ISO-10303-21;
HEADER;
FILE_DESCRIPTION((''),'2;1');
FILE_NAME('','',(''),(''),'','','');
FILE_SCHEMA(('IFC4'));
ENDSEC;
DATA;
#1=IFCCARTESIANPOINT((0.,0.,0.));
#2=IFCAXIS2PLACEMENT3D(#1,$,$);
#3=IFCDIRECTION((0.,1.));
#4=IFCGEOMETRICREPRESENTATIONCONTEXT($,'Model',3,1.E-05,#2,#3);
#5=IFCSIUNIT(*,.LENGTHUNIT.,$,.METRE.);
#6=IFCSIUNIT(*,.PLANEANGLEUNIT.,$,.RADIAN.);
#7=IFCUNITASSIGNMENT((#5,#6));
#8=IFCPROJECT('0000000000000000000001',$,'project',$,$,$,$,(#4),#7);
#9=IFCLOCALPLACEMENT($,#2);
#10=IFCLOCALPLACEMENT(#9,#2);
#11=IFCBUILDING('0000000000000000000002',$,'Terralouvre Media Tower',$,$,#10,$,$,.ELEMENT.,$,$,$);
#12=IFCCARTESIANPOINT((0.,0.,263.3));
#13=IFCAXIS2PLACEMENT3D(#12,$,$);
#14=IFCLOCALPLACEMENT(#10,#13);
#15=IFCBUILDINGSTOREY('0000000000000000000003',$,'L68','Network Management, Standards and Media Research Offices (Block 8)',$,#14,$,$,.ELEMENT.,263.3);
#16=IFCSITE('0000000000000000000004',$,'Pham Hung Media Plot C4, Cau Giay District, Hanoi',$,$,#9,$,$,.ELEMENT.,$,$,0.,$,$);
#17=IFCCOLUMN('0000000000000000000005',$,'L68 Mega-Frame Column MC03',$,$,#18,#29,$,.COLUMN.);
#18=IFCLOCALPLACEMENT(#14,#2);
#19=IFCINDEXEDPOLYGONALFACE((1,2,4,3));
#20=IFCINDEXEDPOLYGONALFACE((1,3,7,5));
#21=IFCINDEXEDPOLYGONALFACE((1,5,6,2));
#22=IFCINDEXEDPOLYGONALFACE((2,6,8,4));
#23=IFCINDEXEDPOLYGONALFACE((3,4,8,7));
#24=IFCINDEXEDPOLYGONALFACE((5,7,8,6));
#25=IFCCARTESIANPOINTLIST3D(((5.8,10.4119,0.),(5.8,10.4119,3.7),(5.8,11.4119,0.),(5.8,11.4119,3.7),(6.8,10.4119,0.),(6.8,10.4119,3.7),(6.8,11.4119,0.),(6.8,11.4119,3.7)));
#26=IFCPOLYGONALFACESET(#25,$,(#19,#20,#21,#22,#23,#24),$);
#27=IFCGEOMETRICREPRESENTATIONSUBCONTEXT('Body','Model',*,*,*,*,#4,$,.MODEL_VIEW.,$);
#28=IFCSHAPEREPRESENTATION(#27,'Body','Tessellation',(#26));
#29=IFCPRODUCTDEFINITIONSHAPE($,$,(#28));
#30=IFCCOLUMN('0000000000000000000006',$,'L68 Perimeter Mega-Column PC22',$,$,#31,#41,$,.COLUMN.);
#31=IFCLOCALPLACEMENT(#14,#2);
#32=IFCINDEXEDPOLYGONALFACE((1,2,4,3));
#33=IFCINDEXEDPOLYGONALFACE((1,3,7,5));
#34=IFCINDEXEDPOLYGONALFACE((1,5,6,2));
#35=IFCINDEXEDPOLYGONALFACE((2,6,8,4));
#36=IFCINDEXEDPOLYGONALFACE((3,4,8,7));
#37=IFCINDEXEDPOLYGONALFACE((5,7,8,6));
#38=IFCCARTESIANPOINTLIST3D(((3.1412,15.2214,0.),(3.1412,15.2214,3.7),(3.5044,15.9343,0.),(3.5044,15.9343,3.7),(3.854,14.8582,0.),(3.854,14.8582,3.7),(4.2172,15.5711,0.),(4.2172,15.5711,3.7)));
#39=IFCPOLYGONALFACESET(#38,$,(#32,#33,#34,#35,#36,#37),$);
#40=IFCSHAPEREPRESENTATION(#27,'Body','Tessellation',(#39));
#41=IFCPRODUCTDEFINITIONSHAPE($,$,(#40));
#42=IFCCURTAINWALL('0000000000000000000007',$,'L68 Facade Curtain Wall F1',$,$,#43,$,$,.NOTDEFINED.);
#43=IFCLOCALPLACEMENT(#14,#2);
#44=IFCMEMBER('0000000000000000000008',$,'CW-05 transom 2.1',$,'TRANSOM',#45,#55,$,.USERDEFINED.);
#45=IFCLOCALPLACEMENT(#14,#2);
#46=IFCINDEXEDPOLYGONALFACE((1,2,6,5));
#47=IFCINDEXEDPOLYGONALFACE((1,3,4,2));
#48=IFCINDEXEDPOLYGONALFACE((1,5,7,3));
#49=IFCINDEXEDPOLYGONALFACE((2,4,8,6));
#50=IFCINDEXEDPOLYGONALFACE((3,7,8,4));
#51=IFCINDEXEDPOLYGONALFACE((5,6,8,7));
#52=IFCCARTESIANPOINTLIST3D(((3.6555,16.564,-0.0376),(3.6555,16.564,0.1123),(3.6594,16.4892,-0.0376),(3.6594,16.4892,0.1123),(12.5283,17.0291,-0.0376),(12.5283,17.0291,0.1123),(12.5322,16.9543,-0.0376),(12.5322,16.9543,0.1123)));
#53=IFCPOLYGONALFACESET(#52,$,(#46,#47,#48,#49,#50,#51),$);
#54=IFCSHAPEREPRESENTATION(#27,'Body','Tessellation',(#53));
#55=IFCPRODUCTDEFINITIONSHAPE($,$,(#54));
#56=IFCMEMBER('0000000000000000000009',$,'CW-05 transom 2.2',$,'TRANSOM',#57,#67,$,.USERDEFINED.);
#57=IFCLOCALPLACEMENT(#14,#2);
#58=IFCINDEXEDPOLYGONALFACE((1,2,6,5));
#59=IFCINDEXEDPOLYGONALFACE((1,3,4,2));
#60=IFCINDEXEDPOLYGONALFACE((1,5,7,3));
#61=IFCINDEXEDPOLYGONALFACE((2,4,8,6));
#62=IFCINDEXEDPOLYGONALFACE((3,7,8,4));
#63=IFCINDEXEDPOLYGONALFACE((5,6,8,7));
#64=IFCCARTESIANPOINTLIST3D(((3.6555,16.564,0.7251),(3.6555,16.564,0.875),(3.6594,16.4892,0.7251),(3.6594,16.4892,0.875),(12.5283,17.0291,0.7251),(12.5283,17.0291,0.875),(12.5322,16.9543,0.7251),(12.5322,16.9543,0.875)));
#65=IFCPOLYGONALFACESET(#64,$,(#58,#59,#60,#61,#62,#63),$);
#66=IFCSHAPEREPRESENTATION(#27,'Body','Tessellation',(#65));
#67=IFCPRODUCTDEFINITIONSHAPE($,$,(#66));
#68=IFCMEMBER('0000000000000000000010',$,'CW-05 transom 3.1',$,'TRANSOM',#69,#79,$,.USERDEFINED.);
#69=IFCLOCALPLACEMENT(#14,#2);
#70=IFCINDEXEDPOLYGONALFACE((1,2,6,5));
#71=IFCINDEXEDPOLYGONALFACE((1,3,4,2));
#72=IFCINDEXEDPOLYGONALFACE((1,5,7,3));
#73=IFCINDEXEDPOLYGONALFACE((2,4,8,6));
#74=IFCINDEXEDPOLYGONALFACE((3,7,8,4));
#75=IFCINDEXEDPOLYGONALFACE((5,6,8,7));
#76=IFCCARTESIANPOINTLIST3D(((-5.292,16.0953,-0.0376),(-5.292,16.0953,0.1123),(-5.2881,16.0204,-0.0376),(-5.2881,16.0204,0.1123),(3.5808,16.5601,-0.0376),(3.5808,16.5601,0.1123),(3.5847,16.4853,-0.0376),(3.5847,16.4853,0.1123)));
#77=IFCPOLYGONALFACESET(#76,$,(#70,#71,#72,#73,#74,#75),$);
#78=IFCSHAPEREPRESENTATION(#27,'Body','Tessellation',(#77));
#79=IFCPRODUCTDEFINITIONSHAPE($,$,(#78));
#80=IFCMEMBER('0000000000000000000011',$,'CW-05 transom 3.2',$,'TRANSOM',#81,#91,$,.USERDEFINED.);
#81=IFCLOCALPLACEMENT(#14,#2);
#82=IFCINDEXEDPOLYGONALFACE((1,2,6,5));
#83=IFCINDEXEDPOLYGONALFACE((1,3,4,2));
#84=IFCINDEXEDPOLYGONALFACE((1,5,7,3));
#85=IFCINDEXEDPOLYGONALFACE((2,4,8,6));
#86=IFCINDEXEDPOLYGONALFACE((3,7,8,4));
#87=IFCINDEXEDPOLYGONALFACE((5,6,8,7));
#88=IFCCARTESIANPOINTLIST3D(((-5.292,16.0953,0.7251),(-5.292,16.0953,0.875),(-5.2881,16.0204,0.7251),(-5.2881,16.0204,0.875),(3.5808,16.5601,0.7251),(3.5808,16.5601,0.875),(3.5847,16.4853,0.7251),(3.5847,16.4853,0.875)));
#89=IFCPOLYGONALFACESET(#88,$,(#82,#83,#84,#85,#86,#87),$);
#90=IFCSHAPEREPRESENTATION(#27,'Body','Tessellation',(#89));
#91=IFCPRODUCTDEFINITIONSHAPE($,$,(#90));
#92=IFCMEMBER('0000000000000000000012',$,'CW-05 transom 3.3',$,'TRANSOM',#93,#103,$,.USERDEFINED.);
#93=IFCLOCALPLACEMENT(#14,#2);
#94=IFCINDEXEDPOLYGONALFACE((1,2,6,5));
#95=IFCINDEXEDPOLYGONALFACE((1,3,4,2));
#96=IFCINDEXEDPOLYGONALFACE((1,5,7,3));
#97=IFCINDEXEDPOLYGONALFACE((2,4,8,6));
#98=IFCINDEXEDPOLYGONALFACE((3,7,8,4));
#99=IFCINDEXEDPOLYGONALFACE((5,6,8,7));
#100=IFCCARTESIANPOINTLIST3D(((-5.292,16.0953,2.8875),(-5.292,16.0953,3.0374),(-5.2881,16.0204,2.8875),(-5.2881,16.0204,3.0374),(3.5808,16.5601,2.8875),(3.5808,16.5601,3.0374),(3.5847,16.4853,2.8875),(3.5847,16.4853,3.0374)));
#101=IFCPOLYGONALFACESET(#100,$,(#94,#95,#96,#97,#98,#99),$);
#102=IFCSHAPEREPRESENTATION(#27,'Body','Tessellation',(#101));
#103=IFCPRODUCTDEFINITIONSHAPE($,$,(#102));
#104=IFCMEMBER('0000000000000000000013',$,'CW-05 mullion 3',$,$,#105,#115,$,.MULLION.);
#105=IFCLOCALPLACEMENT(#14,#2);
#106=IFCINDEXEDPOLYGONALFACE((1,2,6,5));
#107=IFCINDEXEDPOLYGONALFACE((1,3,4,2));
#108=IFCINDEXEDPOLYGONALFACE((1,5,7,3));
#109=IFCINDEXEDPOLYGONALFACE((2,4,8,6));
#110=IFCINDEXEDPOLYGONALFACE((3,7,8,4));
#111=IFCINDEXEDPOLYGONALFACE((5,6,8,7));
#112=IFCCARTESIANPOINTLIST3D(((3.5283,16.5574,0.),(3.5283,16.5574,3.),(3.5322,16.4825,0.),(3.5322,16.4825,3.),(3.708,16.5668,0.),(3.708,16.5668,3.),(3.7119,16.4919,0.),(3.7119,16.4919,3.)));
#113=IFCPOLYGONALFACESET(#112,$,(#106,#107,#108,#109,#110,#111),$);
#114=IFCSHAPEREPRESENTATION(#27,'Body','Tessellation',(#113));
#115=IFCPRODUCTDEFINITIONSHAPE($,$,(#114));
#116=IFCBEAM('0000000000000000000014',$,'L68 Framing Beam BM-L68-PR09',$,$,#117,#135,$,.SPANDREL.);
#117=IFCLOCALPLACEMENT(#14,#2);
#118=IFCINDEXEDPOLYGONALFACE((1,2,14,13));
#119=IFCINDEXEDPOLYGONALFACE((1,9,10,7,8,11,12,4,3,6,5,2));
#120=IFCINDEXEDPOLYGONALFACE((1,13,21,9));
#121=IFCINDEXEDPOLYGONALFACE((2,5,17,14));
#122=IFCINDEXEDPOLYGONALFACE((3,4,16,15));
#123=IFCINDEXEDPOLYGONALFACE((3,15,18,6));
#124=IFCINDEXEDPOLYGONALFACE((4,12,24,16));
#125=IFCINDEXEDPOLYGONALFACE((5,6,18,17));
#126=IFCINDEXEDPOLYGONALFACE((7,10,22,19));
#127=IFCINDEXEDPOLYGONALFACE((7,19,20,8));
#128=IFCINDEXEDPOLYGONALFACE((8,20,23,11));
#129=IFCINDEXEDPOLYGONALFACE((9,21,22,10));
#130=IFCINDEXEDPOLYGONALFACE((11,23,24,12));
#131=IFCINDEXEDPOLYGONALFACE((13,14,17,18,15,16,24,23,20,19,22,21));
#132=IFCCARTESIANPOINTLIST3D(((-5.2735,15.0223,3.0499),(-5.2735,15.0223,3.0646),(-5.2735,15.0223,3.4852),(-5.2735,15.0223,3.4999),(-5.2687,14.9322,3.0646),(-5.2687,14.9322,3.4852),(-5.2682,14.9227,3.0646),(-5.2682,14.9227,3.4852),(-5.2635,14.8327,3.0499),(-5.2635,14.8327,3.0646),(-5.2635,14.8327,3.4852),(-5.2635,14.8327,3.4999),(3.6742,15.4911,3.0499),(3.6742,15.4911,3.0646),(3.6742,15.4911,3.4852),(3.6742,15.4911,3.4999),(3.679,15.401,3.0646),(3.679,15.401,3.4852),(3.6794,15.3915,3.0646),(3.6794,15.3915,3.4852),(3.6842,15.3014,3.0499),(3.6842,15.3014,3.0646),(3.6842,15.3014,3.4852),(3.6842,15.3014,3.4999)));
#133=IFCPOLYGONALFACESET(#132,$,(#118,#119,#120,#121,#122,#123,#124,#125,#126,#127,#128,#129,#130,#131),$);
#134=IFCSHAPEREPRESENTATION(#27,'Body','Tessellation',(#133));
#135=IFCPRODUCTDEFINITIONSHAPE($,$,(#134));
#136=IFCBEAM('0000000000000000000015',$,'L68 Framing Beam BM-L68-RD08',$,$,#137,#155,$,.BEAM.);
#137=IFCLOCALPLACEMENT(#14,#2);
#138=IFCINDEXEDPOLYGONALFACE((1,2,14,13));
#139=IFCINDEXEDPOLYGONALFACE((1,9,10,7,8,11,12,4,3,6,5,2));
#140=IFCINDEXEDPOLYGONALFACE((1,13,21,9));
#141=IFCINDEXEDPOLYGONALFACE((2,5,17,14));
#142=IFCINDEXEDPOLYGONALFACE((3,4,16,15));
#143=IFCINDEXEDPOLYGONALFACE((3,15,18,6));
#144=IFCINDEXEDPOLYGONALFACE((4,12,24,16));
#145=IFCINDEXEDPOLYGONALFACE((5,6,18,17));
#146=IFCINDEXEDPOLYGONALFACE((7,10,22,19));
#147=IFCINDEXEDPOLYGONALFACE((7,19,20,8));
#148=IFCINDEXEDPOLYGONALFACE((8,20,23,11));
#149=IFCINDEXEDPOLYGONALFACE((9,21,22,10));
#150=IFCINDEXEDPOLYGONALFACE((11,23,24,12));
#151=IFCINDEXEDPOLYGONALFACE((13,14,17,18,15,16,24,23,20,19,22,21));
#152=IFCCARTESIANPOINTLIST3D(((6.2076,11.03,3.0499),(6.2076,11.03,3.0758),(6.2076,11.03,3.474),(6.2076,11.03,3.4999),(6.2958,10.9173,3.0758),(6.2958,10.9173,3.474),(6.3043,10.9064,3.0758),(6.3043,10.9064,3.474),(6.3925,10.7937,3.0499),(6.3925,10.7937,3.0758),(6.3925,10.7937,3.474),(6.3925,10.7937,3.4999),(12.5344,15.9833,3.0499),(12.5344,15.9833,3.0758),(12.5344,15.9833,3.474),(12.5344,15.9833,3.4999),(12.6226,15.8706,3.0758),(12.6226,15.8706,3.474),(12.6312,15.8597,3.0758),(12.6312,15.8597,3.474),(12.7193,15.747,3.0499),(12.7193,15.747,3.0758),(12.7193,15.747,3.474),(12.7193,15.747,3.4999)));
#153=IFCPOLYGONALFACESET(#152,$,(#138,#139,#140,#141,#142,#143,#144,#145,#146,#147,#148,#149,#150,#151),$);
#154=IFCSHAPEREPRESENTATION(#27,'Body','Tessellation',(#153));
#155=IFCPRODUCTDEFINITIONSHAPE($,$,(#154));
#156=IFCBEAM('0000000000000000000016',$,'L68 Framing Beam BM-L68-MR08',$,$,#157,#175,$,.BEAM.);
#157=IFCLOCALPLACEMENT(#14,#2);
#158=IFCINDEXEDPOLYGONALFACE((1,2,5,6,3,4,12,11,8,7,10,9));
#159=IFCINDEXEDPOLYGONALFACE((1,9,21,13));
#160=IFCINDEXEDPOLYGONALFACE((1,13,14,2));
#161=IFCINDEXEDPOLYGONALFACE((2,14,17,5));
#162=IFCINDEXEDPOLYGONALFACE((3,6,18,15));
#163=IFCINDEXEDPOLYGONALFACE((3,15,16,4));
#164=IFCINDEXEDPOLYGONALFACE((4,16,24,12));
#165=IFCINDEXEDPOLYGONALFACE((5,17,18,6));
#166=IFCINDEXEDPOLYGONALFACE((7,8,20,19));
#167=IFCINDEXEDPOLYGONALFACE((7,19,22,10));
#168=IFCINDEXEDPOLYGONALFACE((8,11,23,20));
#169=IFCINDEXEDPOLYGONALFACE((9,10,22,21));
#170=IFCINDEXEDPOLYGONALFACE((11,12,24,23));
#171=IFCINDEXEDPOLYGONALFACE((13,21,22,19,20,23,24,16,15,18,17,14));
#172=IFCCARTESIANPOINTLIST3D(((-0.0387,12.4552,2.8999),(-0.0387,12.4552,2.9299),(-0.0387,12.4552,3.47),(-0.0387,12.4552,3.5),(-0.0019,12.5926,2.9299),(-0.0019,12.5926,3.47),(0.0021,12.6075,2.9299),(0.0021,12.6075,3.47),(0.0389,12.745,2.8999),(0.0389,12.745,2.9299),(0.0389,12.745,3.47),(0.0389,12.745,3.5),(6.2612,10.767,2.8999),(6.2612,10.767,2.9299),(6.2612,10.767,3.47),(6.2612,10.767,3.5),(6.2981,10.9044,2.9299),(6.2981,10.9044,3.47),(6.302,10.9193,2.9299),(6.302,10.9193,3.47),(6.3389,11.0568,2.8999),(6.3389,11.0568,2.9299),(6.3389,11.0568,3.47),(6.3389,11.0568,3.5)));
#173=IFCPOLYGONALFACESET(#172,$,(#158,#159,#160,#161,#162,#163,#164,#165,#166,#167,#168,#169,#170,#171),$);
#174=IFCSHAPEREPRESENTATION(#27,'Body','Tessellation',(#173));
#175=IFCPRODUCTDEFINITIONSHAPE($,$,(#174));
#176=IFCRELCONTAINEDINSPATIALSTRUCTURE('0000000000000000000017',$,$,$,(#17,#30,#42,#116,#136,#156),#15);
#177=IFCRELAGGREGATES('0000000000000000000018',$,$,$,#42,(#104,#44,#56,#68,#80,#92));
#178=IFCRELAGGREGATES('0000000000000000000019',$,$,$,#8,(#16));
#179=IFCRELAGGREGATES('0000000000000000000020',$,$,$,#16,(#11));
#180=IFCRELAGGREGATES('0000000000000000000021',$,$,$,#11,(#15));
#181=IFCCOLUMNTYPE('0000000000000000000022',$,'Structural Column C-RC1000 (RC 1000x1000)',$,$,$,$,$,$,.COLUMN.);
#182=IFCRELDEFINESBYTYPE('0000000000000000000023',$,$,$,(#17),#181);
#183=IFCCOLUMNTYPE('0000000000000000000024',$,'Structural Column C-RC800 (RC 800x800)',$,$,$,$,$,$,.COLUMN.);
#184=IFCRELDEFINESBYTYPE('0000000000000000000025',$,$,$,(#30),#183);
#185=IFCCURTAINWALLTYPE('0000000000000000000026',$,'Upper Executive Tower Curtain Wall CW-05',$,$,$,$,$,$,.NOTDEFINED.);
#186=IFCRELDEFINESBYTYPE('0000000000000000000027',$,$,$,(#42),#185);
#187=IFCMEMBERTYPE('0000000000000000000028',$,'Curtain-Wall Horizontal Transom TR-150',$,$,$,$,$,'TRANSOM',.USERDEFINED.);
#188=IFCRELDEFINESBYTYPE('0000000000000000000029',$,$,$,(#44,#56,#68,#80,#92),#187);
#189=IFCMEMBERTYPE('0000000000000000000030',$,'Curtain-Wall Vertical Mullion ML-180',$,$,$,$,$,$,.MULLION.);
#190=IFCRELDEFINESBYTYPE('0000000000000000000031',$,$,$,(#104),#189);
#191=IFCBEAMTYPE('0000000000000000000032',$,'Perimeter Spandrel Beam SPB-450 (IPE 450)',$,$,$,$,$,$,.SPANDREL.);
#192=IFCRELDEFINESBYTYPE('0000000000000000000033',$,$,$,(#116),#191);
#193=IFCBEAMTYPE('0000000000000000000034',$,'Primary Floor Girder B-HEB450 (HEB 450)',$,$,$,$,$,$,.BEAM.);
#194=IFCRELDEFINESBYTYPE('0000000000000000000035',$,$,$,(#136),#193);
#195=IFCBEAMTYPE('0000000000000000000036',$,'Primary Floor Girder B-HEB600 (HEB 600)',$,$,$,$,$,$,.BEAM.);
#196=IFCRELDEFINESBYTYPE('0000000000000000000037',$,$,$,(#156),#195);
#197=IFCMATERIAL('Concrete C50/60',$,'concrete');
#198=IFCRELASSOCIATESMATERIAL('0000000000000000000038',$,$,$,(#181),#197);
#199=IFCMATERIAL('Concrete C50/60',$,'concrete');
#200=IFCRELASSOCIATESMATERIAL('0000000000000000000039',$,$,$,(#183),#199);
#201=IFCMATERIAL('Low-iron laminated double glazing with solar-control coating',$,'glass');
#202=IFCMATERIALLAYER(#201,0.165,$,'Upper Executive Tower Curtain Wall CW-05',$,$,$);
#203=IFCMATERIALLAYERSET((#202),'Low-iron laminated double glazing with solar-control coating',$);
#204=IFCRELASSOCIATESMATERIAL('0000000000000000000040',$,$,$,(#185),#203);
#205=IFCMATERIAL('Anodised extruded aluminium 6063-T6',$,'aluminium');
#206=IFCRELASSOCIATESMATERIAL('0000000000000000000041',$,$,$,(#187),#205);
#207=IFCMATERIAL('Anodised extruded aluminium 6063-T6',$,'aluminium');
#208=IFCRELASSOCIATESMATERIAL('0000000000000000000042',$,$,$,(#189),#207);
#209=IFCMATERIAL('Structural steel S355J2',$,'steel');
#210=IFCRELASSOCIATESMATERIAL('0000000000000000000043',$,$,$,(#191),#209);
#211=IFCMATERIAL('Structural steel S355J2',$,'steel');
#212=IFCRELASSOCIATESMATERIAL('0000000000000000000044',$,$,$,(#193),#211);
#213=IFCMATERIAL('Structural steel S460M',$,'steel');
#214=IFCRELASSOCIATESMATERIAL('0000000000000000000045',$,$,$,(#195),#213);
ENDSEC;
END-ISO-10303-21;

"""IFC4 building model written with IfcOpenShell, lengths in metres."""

from ifc_helpers import new_model, si_unit, direction, frame, origin, origin_2d, place, context, subcontext, project, spatial, rectangle, i_section, extrude, material, layer, layer_set, material_profile, profile_set, type_object, element, aggregate, save


model = new_model("IFC4")

# Units and contexts
model_context = context("Model", 3, precision=1e-05, world=origin(), true_north=direction((0.0, 1.0)))
body_context = subcontext(model_context, "Body", "Model", "MODEL_VIEW")
ifc_project = project(units=[si_unit("LENGTHUNIT", "METRE"), si_unit("PLANEANGLEUNIT", "RADIAN")], contexts=[model_context])

# Site, building, storey
site_placement = place(None, origin())
site = spatial("IfcSite", under=ifc_project, at=site_placement, Name="Pham Hung Media Plot C4, Cau Giay District, Hanoi", CompositionType="ELEMENT", RefElevation=0.0)
building_placement = place(site_placement, origin())
building = spatial("IfcBuilding", under=site, at=building_placement, Name="Terralouvre Media Tower", CompositionType="ELEMENT")
storey_placement = place(building_placement, frame((0.0, 0.0, 263.3)))
storey = spatial("IfcBuildingStorey", under=building, at=storey_placement, Name="L68", Description="Network Management, Standards and Media Research Offices (Block 8)", CompositionType="ELEMENT", Elevation=263.3)

# Columns
ifc_material_1 = material(Name="Concrete C50/60", Category="concrete")
ifc_material_profile_1 = material_profile(ifc_material_1, rectangle(XDim=1.0, YDim=1.0, at=origin_2d()), Name="RC 1000x1000")
ifc_profile_set_1 = profile_set([ifc_material_profile_1], Name="Concrete C50/60")
column_type_1 = type_object("IfcColumnType", Name="Structural Column C-RC1000 (RC 1000x1000)", PredefinedType="COLUMN", material=ifc_profile_set_1)
column_1_placement = place(storey_placement, frame((6.3, 10.9119, 0.0), z_axis=(0.0, 0.0, 1.0), x_axis=(1.0, 0.0, 0.0)))
element("IfcColumn", 1, at=column_1_placement, inside=storey, type_object=column_type_1, Name="L68 Mega-Frame Column MC03", PredefinedType="COLUMN", context=body_context, shape_type="SweptSolid", body=[
    extrude(rectangle(XDim=1.0, YDim=1.0, at=origin_2d()), origin(), (0.0, 0.0, 1.0), 3.7),
])
ifc_material_2 = material(Name="Concrete C50/60", Category="concrete")
ifc_material_profile_2 = material_profile(ifc_material_2, rectangle(XDim=0.8, YDim=0.8, at=origin_2d()), Name="RC 800x800")
ifc_profile_set_2 = profile_set([ifc_material_profile_2], Name="Concrete C50/60")
column_type_2 = type_object("IfcColumnType", Name="Structural Column C-RC800 (RC 800x800)", PredefinedType="COLUMN", material=ifc_profile_set_2)
column_2_placement = place(storey_placement, frame((3.6792, 15.3962, 0.0), z_axis=(0.0, 0.0, 1.0), x_axis=(0.45399, 0.891007, 0.0)))
element("IfcColumn", 2, at=column_2_placement, inside=storey, type_object=column_type_2, Name="L68 Perimeter Mega-Column PC22", PredefinedType="COLUMN", context=body_context, shape_type="SweptSolid", body=[
    extrude(rectangle(XDim=0.8, YDim=0.8, at=origin_2d()), origin(), (0.0, 0.0, 1.0), 3.7),
])

# Curtain wall, members
ifc_material_3 = material(Name="Low-iron laminated double glazing with solar-control coating", Category="glass")
ifc_layer_1 = layer(ifc_material_3, 0.165, Name="Upper Executive Tower Curtain Wall CW-05")
ifc_layer_set_1 = layer_set([ifc_layer_1], Name="Low-iron laminated double glazing with solar-control coating")
curtain_wall_type = type_object("IfcCurtainWallType", Name="Upper Executive Tower Curtain Wall CW-05", PredefinedType="NOTDEFINED", material=ifc_layer_set_1)
curtain_wall_placement = place(storey_placement, origin())
curtain_wall = element("IfcCurtainWall", 3, at=curtain_wall_placement, inside=storey, type_object=curtain_wall_type, Name="L68 Facade Curtain Wall F1", PredefinedType="NOTDEFINED")
ifc_material_4 = material(Name="Anodised extruded aluminium 6063-T6", Category="aluminium")
ifc_material_profile_3 = material_profile(ifc_material_4, rectangle(XDim=0.075, YDim=0.1499, at=origin_2d()), Name="ALU 75x150")
ifc_profile_set_3 = profile_set([ifc_material_profile_3], Name="Anodised extruded aluminium 6063-T6")
member_type_1 = type_object("IfcMemberType", Name="Curtain-Wall Horizontal Transom TR-150", ElementType="TRANSOM", PredefinedType="USERDEFINED", material=ifc_profile_set_3)
member_1_placement = place(storey_placement, frame((12.5303, 16.9917, 0.0374), z_axis=(-0.998629, -0.052345, 0.0), x_axis=(0.052345, -0.998629, 0.0)))
member_1 = element("IfcMember", 4, at=member_1_placement, type_object=member_type_1, Name="CW-05 transom 2.1", ObjectType="TRANSOM", PredefinedType="USERDEFINED", context=body_context, shape_type="SweptSolid", body=[
    extrude(rectangle(XDim=0.075, YDim=0.1499, at=origin_2d()), origin(), (0.0, 0.0, 1.0), 8.885),
])
member_2_placement = place(storey_placement, frame((12.5303, 16.9917, 0.8), z_axis=(-0.998629, -0.052345, 0.0), x_axis=(0.052345, -0.998629, 0.0)))
member_2 = element("IfcMember", 5, at=member_2_placement, type_object=member_type_1, Name="CW-05 transom 2.2", ObjectType="TRANSOM", PredefinedType="USERDEFINED", context=body_context, shape_type="SweptSolid", body=[
    extrude(rectangle(XDim=0.075, YDim=0.1499, at=origin_2d()), origin(), (0.0, 0.0, 1.0), 8.885),
])
member_3_placement = place(storey_placement, frame((3.5828, 16.5227, 0.0374), z_axis=(-0.99863, -0.052318, 0.0), x_axis=(0.052318, -0.99863, 0.0)))
member_3 = element("IfcMember", 6, at=member_3_placement, type_object=member_type_1, Name="CW-05 transom 3.1", ObjectType="TRANSOM", PredefinedType="USERDEFINED", context=body_context, shape_type="SweptSolid", body=[
    extrude(rectangle(XDim=0.075, YDim=0.1499, at=origin_2d()), origin(), (0.0, 0.0, 1.0), 8.885),
])
member_4_placement = place(storey_placement, frame((3.5828, 16.5227, 0.8), z_axis=(-0.99863, -0.052318, 0.0), x_axis=(0.052318, -0.99863, 0.0)))
member_4 = element("IfcMember", 7, at=member_4_placement, type_object=member_type_1, Name="CW-05 transom 3.2", ObjectType="TRANSOM", PredefinedType="USERDEFINED", context=body_context, shape_type="SweptSolid", body=[
    extrude(rectangle(XDim=0.075, YDim=0.1499, at=origin_2d()), origin(), (0.0, 0.0, 1.0), 8.885),
])
member_5_placement = place(storey_placement, frame((3.5828, 16.5227, 2.9624), z_axis=(-0.99863, -0.052318, 0.0), x_axis=(0.052318, -0.99863, 0.0)))
member_5 = element("IfcMember", 8, at=member_5_placement, type_object=member_type_1, Name="CW-05 transom 3.3", ObjectType="TRANSOM", PredefinedType="USERDEFINED", context=body_context, shape_type="SweptSolid", body=[
    extrude(rectangle(XDim=0.075, YDim=0.1499, at=origin_2d()), origin(), (0.0, 0.0, 1.0), 8.885),
])
ifc_material_5 = material(Name="Anodised extruded aluminium 6063-T6", Category="aluminium")
ifc_material_profile_4 = material_profile(ifc_material_5, rectangle(XDim=0.075, YDim=0.1799, at=origin_2d()), Name="ALU 75x180")
ifc_profile_set_4 = profile_set([ifc_material_profile_4], Name="Anodised extruded aluminium 6063-T6")
member_type_2 = type_object("IfcMemberType", Name="Curtain-Wall Vertical Mullion ML-180", PredefinedType="MULLION", material=ifc_profile_set_4)
member_6_placement = place(storey_placement, frame((3.6201, 16.5247, 0.0), z_axis=(0.0, 0.0, 1.0), x_axis=(0.052336, -0.99863, 0.0)))
member_6 = element("IfcMember", 9, at=member_6_placement, type_object=member_type_2, Name="CW-05 mullion 3", PredefinedType="MULLION", context=body_context, shape_type="SweptSolid", body=[
    extrude(rectangle(XDim=0.075, YDim=0.1799, at=origin_2d()), origin(), (0.0, 0.0, 1.0), 3.0),
])

# Beams
ifc_material_6 = material(Name="Structural steel S355J2", Category="steel")
ifc_material_profile_5 = material_profile(ifc_material_6, i_section(OverallWidth=0.1899, OverallDepth=0.45, WebThickness=0.0095, FlangeThickness=0.0146, at=origin_2d()), Name="IPE 450")
ifc_profile_set_5 = profile_set([ifc_material_profile_5], Name="Structural steel S355J2")
beam_type_1 = type_object("IfcBeamType", Name="Perimeter Spandrel Beam SPB-450 (IPE 450)", PredefinedType="SPANDREL", material=ifc_profile_set_5)
beam_1_placement = place(storey_placement, frame((3.6792, 15.3962, 3.2749), z_axis=(-0.998631, -0.052316, 0.0), x_axis=(0.052316, -0.998631, 0.0)))
element("IfcBeam", 10, at=beam_1_placement, inside=storey, type_object=beam_type_1, Name="L68 Framing Beam BM-L68-PR09", PredefinedType="SPANDREL", context=body_context, shape_type="SweptSolid", body=[
    extrude(i_section(OverallWidth=0.1899, OverallDepth=0.45, WebThickness=0.0095, FlangeThickness=0.0146, at=origin_2d()), origin(), (0.0, 0.0, 1.0), 8.96),
])
ifc_material_7 = material(Name="Structural steel S355J2", Category="steel")
ifc_material_profile_6 = material_profile(ifc_material_7, i_section(OverallWidth=0.3, OverallDepth=0.45, WebThickness=0.0139, FlangeThickness=0.0259, at=origin_2d()), Name="HEB 450")
ifc_profile_set_6 = profile_set([ifc_material_profile_6], Name="Structural steel S355J2")
beam_type_2 = type_object("IfcBeamType", Name="Primary Floor Girder B-HEB450 (HEB 450)", PredefinedType="BEAM", material=ifc_profile_set_6)
beam_2_placement = place(storey_placement, frame((6.3, 10.9119, 3.2749), z_axis=(0.787392, 0.616453, 0.0), x_axis=(-0.616453, 0.787392, 0.0)))
element("IfcBeam", 11, at=beam_2_placement, inside=storey, type_object=beam_type_2, Name="L68 Framing Beam BM-L68-RD08", PredefinedType="BEAM", context=body_context, shape_type="SweptSolid", body=[
    extrude(i_section(OverallWidth=0.3, OverallDepth=0.45, WebThickness=0.0139, FlangeThickness=0.0259, at=origin_2d()), origin(), (0.0, 0.0, 1.0), 8.0352),
])
ifc_material_8 = material(Name="Structural steel S460M", Category="steel")
ifc_material_profile_7 = material_profile(ifc_material_8, i_section(OverallWidth=0.3, OverallDepth=0.6001, WebThickness=0.0154, FlangeThickness=0.03, at=origin_2d()), Name="HEB 600")
ifc_profile_set_7 = profile_set([ifc_material_profile_7], Name="Structural steel S460M")
beam_type_3 = type_object("IfcBeamType", Name="Primary Floor Girder B-HEB600 (HEB 600)", PredefinedType="BEAM", material=ifc_profile_set_7)
beam_3_placement = place(storey_placement, frame((6.3, 10.9119, 3.2), z_axis=(-0.96592, 0.258839, 0.0), x_axis=(-0.258839, -0.96592, 0.0)))
element("IfcBeam", 12, at=beam_3_placement, inside=storey, type_object=beam_type_3, Name="L68 Framing Beam BM-L68-MR08", PredefinedType="BEAM", context=body_context, shape_type="SweptSolid", body=[
    extrude(i_section(OverallWidth=0.3, OverallDepth=0.6001, WebThickness=0.0154, FlangeThickness=0.03, at=origin_2d()), origin(), (0.0, 0.0, 1.0), 6.5222),
])

aggregate(curtain_wall, [member_6, member_1, member_2, member_3, member_4, member_5])

save(model, "model.ifc")
